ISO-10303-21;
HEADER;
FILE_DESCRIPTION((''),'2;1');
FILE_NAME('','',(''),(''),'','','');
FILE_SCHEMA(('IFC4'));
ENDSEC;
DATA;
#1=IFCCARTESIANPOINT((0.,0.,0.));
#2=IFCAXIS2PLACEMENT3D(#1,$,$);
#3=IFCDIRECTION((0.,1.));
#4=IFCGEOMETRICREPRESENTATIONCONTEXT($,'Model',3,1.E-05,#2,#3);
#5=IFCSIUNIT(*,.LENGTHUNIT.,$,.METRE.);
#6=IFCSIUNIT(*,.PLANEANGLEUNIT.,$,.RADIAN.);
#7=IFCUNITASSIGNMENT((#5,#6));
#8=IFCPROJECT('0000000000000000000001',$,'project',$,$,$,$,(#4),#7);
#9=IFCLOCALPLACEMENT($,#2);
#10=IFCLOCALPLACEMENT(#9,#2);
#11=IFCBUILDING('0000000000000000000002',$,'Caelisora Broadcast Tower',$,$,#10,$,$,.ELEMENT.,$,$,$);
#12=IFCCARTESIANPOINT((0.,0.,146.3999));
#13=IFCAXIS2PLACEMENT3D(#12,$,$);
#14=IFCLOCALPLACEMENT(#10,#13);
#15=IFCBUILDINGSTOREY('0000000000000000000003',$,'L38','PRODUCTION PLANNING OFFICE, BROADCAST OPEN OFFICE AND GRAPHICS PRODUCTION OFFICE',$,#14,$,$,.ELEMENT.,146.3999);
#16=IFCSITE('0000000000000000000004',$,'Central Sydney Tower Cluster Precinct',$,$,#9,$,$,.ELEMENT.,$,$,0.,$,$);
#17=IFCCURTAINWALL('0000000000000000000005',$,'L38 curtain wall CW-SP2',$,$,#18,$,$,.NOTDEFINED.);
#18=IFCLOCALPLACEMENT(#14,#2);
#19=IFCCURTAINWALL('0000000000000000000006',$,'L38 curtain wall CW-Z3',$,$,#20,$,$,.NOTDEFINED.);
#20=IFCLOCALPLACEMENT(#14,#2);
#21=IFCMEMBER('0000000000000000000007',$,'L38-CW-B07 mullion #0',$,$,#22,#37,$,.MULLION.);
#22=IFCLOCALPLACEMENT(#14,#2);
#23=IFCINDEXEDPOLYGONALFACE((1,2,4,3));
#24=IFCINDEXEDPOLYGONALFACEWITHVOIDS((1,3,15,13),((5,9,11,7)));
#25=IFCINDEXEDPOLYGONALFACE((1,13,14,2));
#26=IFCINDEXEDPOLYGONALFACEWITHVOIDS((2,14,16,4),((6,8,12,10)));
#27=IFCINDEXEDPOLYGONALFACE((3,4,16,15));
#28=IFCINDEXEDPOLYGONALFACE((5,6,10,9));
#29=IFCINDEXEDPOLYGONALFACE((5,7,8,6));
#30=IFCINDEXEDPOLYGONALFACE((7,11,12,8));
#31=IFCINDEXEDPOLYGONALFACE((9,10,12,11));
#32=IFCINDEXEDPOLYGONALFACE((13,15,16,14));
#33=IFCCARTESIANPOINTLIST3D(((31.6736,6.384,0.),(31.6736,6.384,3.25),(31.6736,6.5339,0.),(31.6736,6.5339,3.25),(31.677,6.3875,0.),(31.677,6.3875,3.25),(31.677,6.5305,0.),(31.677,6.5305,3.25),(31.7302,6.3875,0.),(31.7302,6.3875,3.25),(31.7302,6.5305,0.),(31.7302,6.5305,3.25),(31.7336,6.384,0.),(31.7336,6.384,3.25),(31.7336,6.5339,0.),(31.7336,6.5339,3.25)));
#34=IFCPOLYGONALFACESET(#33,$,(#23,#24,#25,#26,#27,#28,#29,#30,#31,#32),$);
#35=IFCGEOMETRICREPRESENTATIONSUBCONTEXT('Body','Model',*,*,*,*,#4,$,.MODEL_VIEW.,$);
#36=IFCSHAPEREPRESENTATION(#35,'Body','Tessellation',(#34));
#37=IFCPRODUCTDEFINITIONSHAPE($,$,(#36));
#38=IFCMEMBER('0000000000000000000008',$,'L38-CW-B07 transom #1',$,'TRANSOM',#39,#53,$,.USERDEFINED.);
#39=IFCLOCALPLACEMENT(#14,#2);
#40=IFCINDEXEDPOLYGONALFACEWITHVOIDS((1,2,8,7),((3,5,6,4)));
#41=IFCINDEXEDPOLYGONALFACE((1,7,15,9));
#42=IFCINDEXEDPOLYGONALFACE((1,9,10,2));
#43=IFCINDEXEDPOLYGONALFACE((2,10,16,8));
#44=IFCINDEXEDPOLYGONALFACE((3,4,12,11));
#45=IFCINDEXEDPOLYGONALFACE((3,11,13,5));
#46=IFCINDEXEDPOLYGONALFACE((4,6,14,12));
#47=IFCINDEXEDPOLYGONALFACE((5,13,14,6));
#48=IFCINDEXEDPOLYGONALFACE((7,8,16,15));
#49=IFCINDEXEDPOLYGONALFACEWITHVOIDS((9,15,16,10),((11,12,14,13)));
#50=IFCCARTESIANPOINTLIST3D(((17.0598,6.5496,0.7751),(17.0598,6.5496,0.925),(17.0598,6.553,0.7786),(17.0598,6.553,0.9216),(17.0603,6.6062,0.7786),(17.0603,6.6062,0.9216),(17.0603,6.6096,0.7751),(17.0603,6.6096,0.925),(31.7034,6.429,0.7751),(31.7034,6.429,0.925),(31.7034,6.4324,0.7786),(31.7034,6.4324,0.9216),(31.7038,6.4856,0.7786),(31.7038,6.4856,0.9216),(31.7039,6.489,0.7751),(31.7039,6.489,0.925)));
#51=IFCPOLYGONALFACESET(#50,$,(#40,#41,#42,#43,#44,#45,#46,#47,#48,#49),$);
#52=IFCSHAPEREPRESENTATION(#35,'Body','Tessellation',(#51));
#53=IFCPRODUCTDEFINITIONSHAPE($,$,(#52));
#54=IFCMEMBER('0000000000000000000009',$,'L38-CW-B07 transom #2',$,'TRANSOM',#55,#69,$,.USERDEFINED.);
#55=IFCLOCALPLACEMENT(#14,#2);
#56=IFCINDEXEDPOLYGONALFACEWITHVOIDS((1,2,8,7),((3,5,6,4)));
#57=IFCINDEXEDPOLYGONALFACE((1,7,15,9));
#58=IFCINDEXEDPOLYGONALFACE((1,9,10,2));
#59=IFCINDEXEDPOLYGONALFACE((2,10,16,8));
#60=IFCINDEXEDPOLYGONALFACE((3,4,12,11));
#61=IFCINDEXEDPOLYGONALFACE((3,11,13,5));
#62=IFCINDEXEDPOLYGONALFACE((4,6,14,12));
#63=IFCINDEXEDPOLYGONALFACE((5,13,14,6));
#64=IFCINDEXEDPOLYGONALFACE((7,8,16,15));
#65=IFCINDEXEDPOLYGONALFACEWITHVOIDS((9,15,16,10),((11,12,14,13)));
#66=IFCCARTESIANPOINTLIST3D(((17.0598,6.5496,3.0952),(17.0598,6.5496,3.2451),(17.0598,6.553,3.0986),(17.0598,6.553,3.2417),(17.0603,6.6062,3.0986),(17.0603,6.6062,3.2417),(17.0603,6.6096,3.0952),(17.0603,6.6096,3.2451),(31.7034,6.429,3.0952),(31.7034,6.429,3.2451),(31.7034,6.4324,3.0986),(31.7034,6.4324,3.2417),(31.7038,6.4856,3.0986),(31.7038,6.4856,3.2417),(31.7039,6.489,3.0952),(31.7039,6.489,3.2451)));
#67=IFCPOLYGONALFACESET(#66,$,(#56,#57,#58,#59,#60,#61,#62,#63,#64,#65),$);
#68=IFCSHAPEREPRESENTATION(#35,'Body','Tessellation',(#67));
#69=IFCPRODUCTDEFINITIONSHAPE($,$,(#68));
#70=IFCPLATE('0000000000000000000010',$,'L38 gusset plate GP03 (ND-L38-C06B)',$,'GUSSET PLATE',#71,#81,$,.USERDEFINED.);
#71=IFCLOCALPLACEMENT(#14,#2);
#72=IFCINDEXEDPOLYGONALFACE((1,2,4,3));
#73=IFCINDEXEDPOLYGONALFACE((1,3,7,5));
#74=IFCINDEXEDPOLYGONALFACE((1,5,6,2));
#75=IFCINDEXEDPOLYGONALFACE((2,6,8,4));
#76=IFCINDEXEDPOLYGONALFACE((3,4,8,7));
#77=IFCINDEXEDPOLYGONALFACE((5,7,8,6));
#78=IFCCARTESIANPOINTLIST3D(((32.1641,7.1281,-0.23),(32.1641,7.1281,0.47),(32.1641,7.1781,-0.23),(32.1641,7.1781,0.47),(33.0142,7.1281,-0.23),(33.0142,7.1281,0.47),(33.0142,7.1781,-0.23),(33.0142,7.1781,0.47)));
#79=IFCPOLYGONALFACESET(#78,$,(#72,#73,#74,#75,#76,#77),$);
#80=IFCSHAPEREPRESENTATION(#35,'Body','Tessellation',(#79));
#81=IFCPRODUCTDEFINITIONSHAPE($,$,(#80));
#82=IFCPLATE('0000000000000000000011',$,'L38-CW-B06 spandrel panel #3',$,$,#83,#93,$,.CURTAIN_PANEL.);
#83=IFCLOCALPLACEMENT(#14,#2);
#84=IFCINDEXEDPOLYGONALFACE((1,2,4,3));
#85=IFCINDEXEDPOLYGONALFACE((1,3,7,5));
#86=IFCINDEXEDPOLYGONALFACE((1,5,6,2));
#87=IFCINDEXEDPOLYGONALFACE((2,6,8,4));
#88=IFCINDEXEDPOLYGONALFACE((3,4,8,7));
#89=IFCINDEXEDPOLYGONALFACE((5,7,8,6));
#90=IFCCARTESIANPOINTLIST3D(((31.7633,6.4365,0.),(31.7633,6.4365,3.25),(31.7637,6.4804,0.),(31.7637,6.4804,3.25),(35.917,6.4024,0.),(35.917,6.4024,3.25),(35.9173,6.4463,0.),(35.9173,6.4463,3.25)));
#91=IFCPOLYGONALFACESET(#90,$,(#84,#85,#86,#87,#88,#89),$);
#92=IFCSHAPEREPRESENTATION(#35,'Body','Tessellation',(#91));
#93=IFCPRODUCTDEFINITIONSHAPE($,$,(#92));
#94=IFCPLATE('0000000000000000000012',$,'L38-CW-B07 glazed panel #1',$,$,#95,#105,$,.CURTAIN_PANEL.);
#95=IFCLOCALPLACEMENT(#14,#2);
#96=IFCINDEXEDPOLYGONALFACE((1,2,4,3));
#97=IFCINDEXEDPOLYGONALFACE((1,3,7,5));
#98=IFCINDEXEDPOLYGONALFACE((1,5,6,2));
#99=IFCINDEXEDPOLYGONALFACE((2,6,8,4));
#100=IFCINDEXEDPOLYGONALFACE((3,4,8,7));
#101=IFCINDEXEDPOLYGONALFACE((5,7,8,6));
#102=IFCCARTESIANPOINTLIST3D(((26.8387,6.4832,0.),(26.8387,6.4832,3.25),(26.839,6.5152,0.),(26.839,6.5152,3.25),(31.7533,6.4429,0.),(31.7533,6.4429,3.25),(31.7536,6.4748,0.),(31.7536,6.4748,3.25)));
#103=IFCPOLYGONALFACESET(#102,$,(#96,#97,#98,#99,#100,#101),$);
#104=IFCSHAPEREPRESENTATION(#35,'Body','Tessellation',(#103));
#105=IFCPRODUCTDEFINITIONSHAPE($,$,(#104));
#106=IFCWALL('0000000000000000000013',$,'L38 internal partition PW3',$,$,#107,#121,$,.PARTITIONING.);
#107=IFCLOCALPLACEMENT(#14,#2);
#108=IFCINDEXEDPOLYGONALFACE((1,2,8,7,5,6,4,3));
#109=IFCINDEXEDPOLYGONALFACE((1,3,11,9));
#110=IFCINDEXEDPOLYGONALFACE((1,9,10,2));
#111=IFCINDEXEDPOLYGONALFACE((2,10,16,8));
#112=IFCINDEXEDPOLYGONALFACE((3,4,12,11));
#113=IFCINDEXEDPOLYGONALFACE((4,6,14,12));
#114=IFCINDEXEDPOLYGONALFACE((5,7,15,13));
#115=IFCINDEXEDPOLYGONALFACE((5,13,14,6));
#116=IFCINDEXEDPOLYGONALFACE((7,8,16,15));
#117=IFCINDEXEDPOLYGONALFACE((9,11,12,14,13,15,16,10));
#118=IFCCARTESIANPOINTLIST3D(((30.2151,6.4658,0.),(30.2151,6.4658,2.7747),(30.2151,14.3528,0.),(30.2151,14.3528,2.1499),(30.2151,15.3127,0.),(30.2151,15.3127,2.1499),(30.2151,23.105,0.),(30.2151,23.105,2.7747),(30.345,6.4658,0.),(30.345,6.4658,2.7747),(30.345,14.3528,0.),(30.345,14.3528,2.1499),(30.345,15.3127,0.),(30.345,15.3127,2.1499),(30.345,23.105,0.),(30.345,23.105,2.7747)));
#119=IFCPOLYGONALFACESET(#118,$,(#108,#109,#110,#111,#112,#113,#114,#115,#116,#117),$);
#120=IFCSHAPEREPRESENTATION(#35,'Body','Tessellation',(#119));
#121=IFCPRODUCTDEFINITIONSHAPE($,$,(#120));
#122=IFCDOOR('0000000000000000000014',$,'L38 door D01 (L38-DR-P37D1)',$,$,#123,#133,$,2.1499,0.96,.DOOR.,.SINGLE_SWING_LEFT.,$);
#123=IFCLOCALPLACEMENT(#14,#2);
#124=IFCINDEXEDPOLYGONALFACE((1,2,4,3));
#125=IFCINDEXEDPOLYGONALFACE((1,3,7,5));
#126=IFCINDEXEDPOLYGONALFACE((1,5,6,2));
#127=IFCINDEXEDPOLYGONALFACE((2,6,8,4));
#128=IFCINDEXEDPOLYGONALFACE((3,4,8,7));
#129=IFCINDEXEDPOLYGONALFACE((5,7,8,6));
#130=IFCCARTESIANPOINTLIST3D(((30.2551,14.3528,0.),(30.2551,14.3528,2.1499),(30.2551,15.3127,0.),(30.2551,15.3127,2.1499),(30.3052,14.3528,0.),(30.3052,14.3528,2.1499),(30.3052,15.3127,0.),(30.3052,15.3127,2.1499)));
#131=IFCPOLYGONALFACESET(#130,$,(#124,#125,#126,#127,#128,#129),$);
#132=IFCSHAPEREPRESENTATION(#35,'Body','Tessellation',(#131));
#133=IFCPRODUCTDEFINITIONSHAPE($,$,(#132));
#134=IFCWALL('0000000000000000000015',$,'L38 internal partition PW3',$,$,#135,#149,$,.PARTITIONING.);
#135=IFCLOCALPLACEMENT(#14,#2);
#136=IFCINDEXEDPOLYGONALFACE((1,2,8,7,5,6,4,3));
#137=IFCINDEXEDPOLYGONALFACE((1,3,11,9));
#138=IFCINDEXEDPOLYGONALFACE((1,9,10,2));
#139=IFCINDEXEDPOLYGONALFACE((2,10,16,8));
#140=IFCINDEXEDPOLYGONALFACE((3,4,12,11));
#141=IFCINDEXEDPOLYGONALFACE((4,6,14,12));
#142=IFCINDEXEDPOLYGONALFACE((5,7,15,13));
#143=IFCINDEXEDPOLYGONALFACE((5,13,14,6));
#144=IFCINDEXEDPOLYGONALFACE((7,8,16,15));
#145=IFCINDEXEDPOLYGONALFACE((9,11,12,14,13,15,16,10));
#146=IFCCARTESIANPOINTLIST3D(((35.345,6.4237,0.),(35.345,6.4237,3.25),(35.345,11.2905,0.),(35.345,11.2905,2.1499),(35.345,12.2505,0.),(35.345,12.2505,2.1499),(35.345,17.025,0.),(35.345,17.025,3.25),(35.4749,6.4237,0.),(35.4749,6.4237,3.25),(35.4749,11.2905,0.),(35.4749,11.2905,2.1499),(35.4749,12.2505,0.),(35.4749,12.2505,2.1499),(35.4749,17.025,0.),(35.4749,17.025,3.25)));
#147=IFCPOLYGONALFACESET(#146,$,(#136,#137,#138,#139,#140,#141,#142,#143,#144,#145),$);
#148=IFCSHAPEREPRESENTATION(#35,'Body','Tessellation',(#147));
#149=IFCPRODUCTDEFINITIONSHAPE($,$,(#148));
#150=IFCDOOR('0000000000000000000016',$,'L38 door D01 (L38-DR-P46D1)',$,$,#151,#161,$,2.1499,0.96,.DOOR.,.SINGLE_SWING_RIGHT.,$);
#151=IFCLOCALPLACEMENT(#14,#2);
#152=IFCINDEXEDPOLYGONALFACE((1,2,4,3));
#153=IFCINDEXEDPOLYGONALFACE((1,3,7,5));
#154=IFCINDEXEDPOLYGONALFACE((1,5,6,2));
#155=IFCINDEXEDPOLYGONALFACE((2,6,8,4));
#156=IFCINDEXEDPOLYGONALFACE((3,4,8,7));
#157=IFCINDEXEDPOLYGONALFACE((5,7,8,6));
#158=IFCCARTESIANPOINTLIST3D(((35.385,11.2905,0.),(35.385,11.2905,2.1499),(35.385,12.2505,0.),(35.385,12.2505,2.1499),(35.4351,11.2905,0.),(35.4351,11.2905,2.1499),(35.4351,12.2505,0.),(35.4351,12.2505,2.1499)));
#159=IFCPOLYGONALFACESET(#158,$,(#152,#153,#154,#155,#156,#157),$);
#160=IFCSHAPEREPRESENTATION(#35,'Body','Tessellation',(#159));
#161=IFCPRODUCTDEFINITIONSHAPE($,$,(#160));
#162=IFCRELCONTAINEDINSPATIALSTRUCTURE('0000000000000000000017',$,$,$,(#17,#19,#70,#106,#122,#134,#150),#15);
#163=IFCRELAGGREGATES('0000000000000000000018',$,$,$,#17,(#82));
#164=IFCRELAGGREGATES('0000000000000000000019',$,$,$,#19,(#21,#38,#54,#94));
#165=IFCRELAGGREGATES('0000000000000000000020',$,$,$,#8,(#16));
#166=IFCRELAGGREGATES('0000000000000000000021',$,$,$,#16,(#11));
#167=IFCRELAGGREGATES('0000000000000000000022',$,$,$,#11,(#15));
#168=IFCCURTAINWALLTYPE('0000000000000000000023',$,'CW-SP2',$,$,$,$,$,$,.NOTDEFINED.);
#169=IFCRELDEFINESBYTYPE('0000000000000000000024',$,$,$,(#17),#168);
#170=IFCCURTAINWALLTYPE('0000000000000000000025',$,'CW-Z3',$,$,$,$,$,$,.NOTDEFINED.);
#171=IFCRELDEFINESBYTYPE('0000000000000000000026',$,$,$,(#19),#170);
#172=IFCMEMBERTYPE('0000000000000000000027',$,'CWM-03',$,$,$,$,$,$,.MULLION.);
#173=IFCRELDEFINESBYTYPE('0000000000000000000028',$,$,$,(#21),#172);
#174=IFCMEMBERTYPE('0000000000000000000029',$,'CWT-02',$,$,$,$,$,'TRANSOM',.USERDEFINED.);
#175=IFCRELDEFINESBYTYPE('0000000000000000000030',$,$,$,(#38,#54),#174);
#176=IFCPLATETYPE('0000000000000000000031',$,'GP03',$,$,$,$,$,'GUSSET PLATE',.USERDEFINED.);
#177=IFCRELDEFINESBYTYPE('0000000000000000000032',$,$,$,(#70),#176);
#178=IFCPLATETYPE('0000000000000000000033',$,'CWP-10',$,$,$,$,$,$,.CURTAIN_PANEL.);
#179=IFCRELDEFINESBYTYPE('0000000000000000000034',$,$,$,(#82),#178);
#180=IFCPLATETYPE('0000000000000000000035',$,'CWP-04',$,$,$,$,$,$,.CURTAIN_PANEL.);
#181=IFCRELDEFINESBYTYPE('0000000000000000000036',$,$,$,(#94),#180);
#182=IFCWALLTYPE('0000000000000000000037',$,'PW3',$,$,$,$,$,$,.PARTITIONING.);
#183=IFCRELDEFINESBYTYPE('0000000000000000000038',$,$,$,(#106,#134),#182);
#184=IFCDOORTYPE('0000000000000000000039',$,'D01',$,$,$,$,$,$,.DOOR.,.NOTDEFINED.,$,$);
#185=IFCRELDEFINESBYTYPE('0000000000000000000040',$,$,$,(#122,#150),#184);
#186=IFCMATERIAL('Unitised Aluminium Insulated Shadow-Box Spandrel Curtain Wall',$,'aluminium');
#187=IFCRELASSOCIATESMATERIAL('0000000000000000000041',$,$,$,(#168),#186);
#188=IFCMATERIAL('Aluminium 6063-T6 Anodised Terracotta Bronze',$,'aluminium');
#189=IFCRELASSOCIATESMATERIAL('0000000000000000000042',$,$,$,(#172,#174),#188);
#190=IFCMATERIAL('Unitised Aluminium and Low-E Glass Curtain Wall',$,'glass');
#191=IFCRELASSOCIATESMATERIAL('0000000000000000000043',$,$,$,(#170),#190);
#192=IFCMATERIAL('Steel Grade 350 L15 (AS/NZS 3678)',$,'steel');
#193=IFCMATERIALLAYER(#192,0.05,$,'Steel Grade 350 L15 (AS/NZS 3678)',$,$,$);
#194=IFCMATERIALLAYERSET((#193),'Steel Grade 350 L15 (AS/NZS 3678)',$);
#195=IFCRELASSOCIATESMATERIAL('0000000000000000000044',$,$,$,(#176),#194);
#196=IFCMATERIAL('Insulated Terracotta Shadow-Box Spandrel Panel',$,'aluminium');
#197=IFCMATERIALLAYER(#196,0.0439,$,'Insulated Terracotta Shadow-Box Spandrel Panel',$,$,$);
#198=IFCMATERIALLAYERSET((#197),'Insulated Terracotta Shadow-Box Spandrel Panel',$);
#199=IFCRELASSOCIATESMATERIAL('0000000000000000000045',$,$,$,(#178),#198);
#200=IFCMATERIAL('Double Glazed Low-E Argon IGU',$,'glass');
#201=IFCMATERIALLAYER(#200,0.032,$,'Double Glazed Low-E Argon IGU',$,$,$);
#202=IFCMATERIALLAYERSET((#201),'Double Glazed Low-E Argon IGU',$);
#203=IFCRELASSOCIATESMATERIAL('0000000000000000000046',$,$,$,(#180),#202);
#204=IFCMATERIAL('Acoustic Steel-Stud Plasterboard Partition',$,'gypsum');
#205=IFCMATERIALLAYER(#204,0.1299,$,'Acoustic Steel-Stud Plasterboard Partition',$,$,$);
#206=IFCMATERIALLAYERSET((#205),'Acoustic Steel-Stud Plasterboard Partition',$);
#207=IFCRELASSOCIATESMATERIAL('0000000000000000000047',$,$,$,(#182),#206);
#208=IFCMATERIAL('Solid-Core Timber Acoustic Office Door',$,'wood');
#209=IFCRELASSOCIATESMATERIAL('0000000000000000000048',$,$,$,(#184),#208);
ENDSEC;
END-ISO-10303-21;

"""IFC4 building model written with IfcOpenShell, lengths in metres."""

from ifc_helpers import new_model, si_unit, direction, frame, frame_2d, origin, origin_2d, place, context, subcontext, project, spatial, rectangle, hollow_rectangle, extrude, source, transform, mapped, material, layer, layer_set, material_profile, profile_set, type_object, type_shapes, element, fill, aggregate, save


model = new_model("IFC4")

# Units and contexts
model_context = context("Model", 3, precision=1e-05, world=origin(), true_north=direction((0.0, 1.0)))
body_context = subcontext(model_context, "Body", "Model", "MODEL_VIEW")
ifc_project = project(units=[si_unit("LENGTHUNIT", "METRE"), si_unit("PLANEANGLEUNIT", "RADIAN")], contexts=[model_context])

# Site, building, storey
site_placement = place(None, origin())
site = spatial("IfcSite", under=ifc_project, at=site_placement, Name="Central Sydney Tower Cluster Precinct", CompositionType="ELEMENT", RefElevation=0.0)
building_placement = place(site_placement, origin())
building = spatial("IfcBuilding", under=site, at=building_placement, Name="Caelisora Broadcast Tower", CompositionType="ELEMENT")
storey_placement = place(building_placement, frame((0.0, 0.0, 146.3999)))
storey = spatial("IfcBuildingStorey", under=building, at=storey_placement, Name="L38", Description="PRODUCTION PLANNING OFFICE, BROADCAST OPEN OFFICE AND GRAPHICS PRODUCTION OFFICE", CompositionType="ELEMENT", Elevation=146.3999)

# Shared definitions
ifc_material_1 = material(Name="Steel Grade 350 L15 (AS/NZS 3678)", Category="steel")

# Curtain walls, members
ifc_material_2 = material(Name="Unitised Aluminium Insulated Shadow-Box Spandrel Curtain Wall", Category="aluminium")
curtain_wall_type_1 = type_object("IfcCurtainWallType", Name="CW-SP2", PredefinedType="NOTDEFINED", material=ifc_material_2)
curtain_wall_1_placement = place(storey_placement, origin())
curtain_wall_1 = element("IfcCurtainWall", 1, at=curtain_wall_1_placement, inside=storey, type_object=curtain_wall_type_1, Name="L38 curtain wall CW-SP2", PredefinedType="NOTDEFINED")
ifc_material_3 = material(Name="Aluminium 6063-T6 Anodised Terracotta Bronze", Category="aluminium")
ifc_material_profile_1 = material_profile(ifc_material_3, hollow_rectangle(XDim=0.0601, YDim=0.1499, WallThickness=0.0034, at=origin_2d()), Name="Aluminium 6063-T6 Anodised Terracotta Bronze")
ifc_profile_set_1 = profile_set([ifc_material_profile_1], Name="Aluminium 6063-T6 Anodised Terracotta Bronze")
member_type_1 = type_object("IfcMemberType", Name="CWM-03", PredefinedType="MULLION", material=ifc_profile_set_1)
shared_shape_1 = source(origin(), body_context, "Body", "SweptSolid", [
    extrude(hollow_rectangle(XDim=0.0601, YDim=0.1499, WallThickness=0.0034, at=origin_2d()), origin(), (0.0, 0.0, 1.0), 3.25),
])
type_shapes(member_type_1, [shared_shape_1])
ifc_material_4 = material(Name="Unitised Aluminium and Low-E Glass Curtain Wall", Category="glass")
curtain_wall_type_2 = type_object("IfcCurtainWallType", Name="CW-Z3", PredefinedType="NOTDEFINED", material=ifc_material_4)
curtain_wall_2_placement = place(storey_placement, origin())
curtain_wall_2 = element("IfcCurtainWall", 2, at=curtain_wall_2_placement, inside=storey, type_object=curtain_wall_type_2, Name="L38 curtain wall CW-Z3", PredefinedType="NOTDEFINED")
member_1_placement = place(storey_placement, frame((31.7036, 6.459, 0.0), z_axis=(0.0, 0.0, 1.0), x_axis=(1.0, 0.0, 0.0)))
member_1 = element("IfcMember", 3, at=member_1_placement, type_object=member_type_1, Name="L38-CW-B07 mullion #0", PredefinedType="MULLION", context=body_context, shape_type="MappedRepresentation", body=[
    mapped(shared_shape_1, transform((0.0, 0.0, 0.0), scale=1.0)),
])
ifc_material_profile_2 = material_profile(ifc_material_3, hollow_rectangle(XDim=0.0601, YDim=0.1499, WallThickness=0.0034, at=origin_2d()), Name="Aluminium 6063-T6 Anodised Terracotta Bronze")
ifc_profile_set_2 = profile_set([ifc_material_profile_2], Name="Aluminium 6063-T6 Anodised Terracotta Bronze")
member_type_2 = type_object("IfcMemberType", Name="CWT-02", ElementType="TRANSOM", PredefinedType="USERDEFINED", material=ifc_profile_set_2)
shared_shape_2 = source(origin(), body_context, "Body", "SweptSolid", [
    extrude(hollow_rectangle(XDim=0.0601, YDim=0.1499, WallThickness=0.0034, at=origin_2d()), origin(), (0.0, 0.0, 1.0), 14.644),
])
type_shapes(member_type_2, [shared_shape_2])
member_2_placement = place(storey_placement, frame((31.7036, 6.459, 0.8501), z_axis=(-0.999966, 0.008236, 0.0), x_axis=(-0.008236, -0.999966, 0.0)))
member_2 = element("IfcMember", 4, at=member_2_placement, type_object=member_type_2, Name="L38-CW-B07 transom #1", ObjectType="TRANSOM", PredefinedType="USERDEFINED", context=body_context, shape_type="MappedRepresentation", body=[
    mapped(shared_shape_2, transform((0.0, 0.0, 0.0), scale=1.0)),
])
member_3_placement = place(storey_placement, frame((31.7036, 6.459, 3.1702), z_axis=(-0.999966, 0.008236, 0.0), x_axis=(-0.008236, -0.999966, 0.0)))
member_3 = element("IfcMember", 5, at=member_3_placement, type_object=member_type_2, Name="L38-CW-B07 transom #2", ObjectType="TRANSOM", PredefinedType="USERDEFINED", context=body_context, shape_type="MappedRepresentation", body=[
    mapped(shared_shape_2, transform((0.0, 0.0, 0.0), scale=1.0)),
])

# Plates
ifc_layer_1 = layer(ifc_material_1, 0.05, Name="Steel Grade 350 L15 (AS/NZS 3678)")
ifc_layer_set_1 = layer_set([ifc_layer_1], Name="Steel Grade 350 L15 (AS/NZS 3678)")
plate_type_1 = type_object("IfcPlateType", Name="GP03", ElementType="GUSSET PLATE", PredefinedType="USERDEFINED", material=ifc_layer_set_1)
shared_shape_3 = source(origin(), body_context, "Body", "SweptSolid", [
    extrude(rectangle(XDim=0.8501, YDim=0.05, at=origin_2d()), origin(), (0.0, 0.0, 1.0), 0.7),
])
type_shapes(plate_type_1, [shared_shape_3])
plate_1_placement = place(storey_placement, frame((32.5891, 7.1531, -0.23), z_axis=(0.0, 0.0, 1.0), x_axis=(1.0, 0.0, 0.0)))
element("IfcPlate", 6, at=plate_1_placement, inside=storey, type_object=plate_type_1, Name="L38 gusset plate GP03 (ND-L38-C06B)", ObjectType="GUSSET PLATE", PredefinedType="USERDEFINED", context=body_context, shape_type="MappedRepresentation", body=[
    mapped(shared_shape_3, transform((0.0, 0.0, 0.0), scale=1.0)),
])
ifc_material_5 = material(Name="Insulated Terracotta Shadow-Box Spandrel Panel", Category="aluminium")
ifc_layer_2 = layer(ifc_material_5, 0.0439, Name="Insulated Terracotta Shadow-Box Spandrel Panel")
ifc_layer_set_2 = layer_set([ifc_layer_2], Name="Insulated Terracotta Shadow-Box Spandrel Panel")
plate_type_2 = type_object("IfcPlateType", Name="CWP-10", PredefinedType="CURTAIN_PANEL", material=ifc_layer_set_2)
shared_shape_4 = source(origin(), body_context, "Body", "SweptSolid", [
    extrude(rectangle(XDim=4.1538, YDim=0.0439, at=origin_2d()), origin(), (0.0, 0.0, 1.0), 3.25),
])
type_shapes(plate_type_2, [shared_shape_4])
plate_2_placement = place(storey_placement, frame((33.8403, 6.4414, 0.0), z_axis=(0.0, 0.0, 1.0), x_axis=(-0.999966, 0.008203, 0.0)))
plate_2 = element("IfcPlate", 7, at=plate_2_placement, type_object=plate_type_2, Name="L38-CW-B06 spandrel panel #3", PredefinedType="CURTAIN_PANEL", context=body_context, shape_type="MappedRepresentation", body=[
    mapped(shared_shape_4, transform((0.0, 0.0, 0.0), scale=1.0)),
])
aggregate(curtain_wall_1, [plate_2])
ifc_material_6 = material(Name="Double Glazed Low-E Argon IGU", Category="glass")
ifc_layer_3 = layer(ifc_material_6, 0.032, Name="Double Glazed Low-E Argon IGU")
ifc_layer_set_3 = layer_set([ifc_layer_3], Name="Double Glazed Low-E Argon IGU")
plate_type_3 = type_object("IfcPlateType", Name="CWP-04", PredefinedType="CURTAIN_PANEL", material=ifc_layer_set_3)
shared_shape_5 = source(origin(), body_context, "Body", "SweptSolid", [
    extrude(rectangle(XDim=4.9148, YDim=0.032, at=origin_2d()), origin(), (0.0, 0.0, 1.0), 3.25),
])
type_shapes(plate_type_3, [shared_shape_5])
plate_3_placement = place(storey_placement, frame((29.2961, 6.479, 0.0), z_axis=(0.0, 0.0, 1.0), x_axis=(-0.999966, 0.008203, 0.0)))
plate_3 = element("IfcPlate", 8, at=plate_3_placement, type_object=plate_type_3, Name="L38-CW-B07 glazed panel #1", PredefinedType="CURTAIN_PANEL", context=body_context, shape_type="MappedRepresentation", body=[
    mapped(shared_shape_5, transform((0.0, 0.0, 0.0), scale=1.0)),
])
aggregate(curtain_wall_2, [member_1, member_2, member_3, plate_3])

# Walls, openings, doors
ifc_material_7 = material(Name="Acoustic Steel-Stud Plasterboard Partition", Category="gypsum")
ifc_layer_4 = layer(ifc_material_7, 0.1299, Name="Acoustic Steel-Stud Plasterboard Partition")
ifc_layer_set_4 = layer_set([ifc_layer_4], Name="Acoustic Steel-Stud Plasterboard Partition")
wall_type = type_object("IfcWallType", Name="PW3", PredefinedType="PARTITIONING", material=ifc_layer_set_4)
wall_1_placement = place(storey_placement, frame((30.28, 6.4658, 0.0), z_axis=(0.0, 0.0, 1.0), x_axis=(0.0, 1.0, 0.0)))
wall_1 = element("IfcWall", 9, at=wall_1_placement, inside=storey, type_object=wall_type, Name="L38 internal partition PW3", PredefinedType="PARTITIONING", context=body_context, shape_type="SweptSolid", body=[
    extrude(rectangle(XDim=16.6392, YDim=0.1299, at=frame_2d((8.3196, 0.0))), origin(), (0.0, 0.0, 1.0), 2.7747),
])
opening_1_placement = place(wall_1_placement, frame((7.887, 0.0, 0.0)))
opening_1 = element("IfcOpeningElement", 10, at=opening_1_placement, cuts=wall_1, PredefinedType="OPENING", context=body_context, shape_type="SweptSolid", body=[
    extrude(rectangle(XDim=0.96, YDim=2.1499, at=frame_2d((0.48, 1.075))), frame((0.0, 0.0769, 0.0), z_axis=(0.0, -1.0, 0.0), x_axis=(1.0, 0.0, 0.0)), (0.0, 0.0, 1.0), 0.1538),
])
ifc_material_8 = material(Name="Solid-Core Timber Acoustic Office Door", Category="wood")
door_type = type_object("IfcDoorType", Name="D01", OperationType="NOTDEFINED", PredefinedType="DOOR", material=ifc_material_8)
door_1_placement = place(opening_1_placement, origin())
door_1 = element("IfcDoor", 11, at=door_1_placement, inside=storey, type_object=door_type, Name="L38 door D01 (L38-DR-P37D1)", OperationType="SINGLE_SWING_LEFT", OverallHeight=2.1499, OverallWidth=0.96, PredefinedType="DOOR", context=body_context, shape_type="SweptSolid", body=[
    extrude(rectangle(XDim=0.96, YDim=2.1499, at=frame_2d((0.48, 1.075))), frame((0.0, 0.0249, 0.0), z_axis=(0.0, -1.0, 0.0), x_axis=(1.0, 0.0, 0.0)), (0.0, 0.0, 1.0), 0.05),
])
fill(opening_1, door_1)
wall_2_placement = place(storey_placement, frame((35.4099, 6.4236, 0.0), z_axis=(0.0, 0.0, 1.0), x_axis=(0.0, 1.0, 0.0)))
wall_2 = element("IfcWall", 12, at=wall_2_placement, inside=storey, type_object=wall_type, Name="L38 internal partition PW3", PredefinedType="PARTITIONING", context=body_context, shape_type="SweptSolid", body=[
    extrude(rectangle(XDim=10.6013, YDim=0.1299, at=frame_2d((5.3008, 0.0))), origin(), (0.0, 0.0, 1.0), 3.25),
])
opening_2_placement = place(wall_2_placement, frame((4.8669, 0.0, 0.0)))
opening_2 = element("IfcOpeningElement", 13, at=opening_2_placement, cuts=wall_2, PredefinedType="OPENING", context=body_context, shape_type="SweptSolid", body=[
    extrude(rectangle(XDim=0.96, YDim=2.1499, at=frame_2d((0.48, 1.075))), frame((0.0, 0.0769, 0.0), z_axis=(0.0, -1.0, 0.0), x_axis=(1.0, 0.0, 0.0)), (0.0, 0.0, 1.0), 0.1538),
])
door_2_placement = place(opening_2_placement, origin())
door_2 = element("IfcDoor", 14, at=door_2_placement, inside=storey, type_object=door_type, Name="L38 door D01 (L38-DR-P46D1)", OperationType="SINGLE_SWING_RIGHT", OverallHeight=2.1499, OverallWidth=0.96, PredefinedType="DOOR", context=body_context, shape_type="SweptSolid", body=[
    extrude(rectangle(XDim=0.96, YDim=2.1499, at=frame_2d((0.48, 1.075))), frame((0.0, 0.0249, 0.0), z_axis=(0.0, -1.0, 0.0), x_axis=(1.0, 0.0, 0.0)), (0.0, 0.0, 1.0), 0.05),
])
fill(opening_2, door_2)

save(model, "model.ifc")
